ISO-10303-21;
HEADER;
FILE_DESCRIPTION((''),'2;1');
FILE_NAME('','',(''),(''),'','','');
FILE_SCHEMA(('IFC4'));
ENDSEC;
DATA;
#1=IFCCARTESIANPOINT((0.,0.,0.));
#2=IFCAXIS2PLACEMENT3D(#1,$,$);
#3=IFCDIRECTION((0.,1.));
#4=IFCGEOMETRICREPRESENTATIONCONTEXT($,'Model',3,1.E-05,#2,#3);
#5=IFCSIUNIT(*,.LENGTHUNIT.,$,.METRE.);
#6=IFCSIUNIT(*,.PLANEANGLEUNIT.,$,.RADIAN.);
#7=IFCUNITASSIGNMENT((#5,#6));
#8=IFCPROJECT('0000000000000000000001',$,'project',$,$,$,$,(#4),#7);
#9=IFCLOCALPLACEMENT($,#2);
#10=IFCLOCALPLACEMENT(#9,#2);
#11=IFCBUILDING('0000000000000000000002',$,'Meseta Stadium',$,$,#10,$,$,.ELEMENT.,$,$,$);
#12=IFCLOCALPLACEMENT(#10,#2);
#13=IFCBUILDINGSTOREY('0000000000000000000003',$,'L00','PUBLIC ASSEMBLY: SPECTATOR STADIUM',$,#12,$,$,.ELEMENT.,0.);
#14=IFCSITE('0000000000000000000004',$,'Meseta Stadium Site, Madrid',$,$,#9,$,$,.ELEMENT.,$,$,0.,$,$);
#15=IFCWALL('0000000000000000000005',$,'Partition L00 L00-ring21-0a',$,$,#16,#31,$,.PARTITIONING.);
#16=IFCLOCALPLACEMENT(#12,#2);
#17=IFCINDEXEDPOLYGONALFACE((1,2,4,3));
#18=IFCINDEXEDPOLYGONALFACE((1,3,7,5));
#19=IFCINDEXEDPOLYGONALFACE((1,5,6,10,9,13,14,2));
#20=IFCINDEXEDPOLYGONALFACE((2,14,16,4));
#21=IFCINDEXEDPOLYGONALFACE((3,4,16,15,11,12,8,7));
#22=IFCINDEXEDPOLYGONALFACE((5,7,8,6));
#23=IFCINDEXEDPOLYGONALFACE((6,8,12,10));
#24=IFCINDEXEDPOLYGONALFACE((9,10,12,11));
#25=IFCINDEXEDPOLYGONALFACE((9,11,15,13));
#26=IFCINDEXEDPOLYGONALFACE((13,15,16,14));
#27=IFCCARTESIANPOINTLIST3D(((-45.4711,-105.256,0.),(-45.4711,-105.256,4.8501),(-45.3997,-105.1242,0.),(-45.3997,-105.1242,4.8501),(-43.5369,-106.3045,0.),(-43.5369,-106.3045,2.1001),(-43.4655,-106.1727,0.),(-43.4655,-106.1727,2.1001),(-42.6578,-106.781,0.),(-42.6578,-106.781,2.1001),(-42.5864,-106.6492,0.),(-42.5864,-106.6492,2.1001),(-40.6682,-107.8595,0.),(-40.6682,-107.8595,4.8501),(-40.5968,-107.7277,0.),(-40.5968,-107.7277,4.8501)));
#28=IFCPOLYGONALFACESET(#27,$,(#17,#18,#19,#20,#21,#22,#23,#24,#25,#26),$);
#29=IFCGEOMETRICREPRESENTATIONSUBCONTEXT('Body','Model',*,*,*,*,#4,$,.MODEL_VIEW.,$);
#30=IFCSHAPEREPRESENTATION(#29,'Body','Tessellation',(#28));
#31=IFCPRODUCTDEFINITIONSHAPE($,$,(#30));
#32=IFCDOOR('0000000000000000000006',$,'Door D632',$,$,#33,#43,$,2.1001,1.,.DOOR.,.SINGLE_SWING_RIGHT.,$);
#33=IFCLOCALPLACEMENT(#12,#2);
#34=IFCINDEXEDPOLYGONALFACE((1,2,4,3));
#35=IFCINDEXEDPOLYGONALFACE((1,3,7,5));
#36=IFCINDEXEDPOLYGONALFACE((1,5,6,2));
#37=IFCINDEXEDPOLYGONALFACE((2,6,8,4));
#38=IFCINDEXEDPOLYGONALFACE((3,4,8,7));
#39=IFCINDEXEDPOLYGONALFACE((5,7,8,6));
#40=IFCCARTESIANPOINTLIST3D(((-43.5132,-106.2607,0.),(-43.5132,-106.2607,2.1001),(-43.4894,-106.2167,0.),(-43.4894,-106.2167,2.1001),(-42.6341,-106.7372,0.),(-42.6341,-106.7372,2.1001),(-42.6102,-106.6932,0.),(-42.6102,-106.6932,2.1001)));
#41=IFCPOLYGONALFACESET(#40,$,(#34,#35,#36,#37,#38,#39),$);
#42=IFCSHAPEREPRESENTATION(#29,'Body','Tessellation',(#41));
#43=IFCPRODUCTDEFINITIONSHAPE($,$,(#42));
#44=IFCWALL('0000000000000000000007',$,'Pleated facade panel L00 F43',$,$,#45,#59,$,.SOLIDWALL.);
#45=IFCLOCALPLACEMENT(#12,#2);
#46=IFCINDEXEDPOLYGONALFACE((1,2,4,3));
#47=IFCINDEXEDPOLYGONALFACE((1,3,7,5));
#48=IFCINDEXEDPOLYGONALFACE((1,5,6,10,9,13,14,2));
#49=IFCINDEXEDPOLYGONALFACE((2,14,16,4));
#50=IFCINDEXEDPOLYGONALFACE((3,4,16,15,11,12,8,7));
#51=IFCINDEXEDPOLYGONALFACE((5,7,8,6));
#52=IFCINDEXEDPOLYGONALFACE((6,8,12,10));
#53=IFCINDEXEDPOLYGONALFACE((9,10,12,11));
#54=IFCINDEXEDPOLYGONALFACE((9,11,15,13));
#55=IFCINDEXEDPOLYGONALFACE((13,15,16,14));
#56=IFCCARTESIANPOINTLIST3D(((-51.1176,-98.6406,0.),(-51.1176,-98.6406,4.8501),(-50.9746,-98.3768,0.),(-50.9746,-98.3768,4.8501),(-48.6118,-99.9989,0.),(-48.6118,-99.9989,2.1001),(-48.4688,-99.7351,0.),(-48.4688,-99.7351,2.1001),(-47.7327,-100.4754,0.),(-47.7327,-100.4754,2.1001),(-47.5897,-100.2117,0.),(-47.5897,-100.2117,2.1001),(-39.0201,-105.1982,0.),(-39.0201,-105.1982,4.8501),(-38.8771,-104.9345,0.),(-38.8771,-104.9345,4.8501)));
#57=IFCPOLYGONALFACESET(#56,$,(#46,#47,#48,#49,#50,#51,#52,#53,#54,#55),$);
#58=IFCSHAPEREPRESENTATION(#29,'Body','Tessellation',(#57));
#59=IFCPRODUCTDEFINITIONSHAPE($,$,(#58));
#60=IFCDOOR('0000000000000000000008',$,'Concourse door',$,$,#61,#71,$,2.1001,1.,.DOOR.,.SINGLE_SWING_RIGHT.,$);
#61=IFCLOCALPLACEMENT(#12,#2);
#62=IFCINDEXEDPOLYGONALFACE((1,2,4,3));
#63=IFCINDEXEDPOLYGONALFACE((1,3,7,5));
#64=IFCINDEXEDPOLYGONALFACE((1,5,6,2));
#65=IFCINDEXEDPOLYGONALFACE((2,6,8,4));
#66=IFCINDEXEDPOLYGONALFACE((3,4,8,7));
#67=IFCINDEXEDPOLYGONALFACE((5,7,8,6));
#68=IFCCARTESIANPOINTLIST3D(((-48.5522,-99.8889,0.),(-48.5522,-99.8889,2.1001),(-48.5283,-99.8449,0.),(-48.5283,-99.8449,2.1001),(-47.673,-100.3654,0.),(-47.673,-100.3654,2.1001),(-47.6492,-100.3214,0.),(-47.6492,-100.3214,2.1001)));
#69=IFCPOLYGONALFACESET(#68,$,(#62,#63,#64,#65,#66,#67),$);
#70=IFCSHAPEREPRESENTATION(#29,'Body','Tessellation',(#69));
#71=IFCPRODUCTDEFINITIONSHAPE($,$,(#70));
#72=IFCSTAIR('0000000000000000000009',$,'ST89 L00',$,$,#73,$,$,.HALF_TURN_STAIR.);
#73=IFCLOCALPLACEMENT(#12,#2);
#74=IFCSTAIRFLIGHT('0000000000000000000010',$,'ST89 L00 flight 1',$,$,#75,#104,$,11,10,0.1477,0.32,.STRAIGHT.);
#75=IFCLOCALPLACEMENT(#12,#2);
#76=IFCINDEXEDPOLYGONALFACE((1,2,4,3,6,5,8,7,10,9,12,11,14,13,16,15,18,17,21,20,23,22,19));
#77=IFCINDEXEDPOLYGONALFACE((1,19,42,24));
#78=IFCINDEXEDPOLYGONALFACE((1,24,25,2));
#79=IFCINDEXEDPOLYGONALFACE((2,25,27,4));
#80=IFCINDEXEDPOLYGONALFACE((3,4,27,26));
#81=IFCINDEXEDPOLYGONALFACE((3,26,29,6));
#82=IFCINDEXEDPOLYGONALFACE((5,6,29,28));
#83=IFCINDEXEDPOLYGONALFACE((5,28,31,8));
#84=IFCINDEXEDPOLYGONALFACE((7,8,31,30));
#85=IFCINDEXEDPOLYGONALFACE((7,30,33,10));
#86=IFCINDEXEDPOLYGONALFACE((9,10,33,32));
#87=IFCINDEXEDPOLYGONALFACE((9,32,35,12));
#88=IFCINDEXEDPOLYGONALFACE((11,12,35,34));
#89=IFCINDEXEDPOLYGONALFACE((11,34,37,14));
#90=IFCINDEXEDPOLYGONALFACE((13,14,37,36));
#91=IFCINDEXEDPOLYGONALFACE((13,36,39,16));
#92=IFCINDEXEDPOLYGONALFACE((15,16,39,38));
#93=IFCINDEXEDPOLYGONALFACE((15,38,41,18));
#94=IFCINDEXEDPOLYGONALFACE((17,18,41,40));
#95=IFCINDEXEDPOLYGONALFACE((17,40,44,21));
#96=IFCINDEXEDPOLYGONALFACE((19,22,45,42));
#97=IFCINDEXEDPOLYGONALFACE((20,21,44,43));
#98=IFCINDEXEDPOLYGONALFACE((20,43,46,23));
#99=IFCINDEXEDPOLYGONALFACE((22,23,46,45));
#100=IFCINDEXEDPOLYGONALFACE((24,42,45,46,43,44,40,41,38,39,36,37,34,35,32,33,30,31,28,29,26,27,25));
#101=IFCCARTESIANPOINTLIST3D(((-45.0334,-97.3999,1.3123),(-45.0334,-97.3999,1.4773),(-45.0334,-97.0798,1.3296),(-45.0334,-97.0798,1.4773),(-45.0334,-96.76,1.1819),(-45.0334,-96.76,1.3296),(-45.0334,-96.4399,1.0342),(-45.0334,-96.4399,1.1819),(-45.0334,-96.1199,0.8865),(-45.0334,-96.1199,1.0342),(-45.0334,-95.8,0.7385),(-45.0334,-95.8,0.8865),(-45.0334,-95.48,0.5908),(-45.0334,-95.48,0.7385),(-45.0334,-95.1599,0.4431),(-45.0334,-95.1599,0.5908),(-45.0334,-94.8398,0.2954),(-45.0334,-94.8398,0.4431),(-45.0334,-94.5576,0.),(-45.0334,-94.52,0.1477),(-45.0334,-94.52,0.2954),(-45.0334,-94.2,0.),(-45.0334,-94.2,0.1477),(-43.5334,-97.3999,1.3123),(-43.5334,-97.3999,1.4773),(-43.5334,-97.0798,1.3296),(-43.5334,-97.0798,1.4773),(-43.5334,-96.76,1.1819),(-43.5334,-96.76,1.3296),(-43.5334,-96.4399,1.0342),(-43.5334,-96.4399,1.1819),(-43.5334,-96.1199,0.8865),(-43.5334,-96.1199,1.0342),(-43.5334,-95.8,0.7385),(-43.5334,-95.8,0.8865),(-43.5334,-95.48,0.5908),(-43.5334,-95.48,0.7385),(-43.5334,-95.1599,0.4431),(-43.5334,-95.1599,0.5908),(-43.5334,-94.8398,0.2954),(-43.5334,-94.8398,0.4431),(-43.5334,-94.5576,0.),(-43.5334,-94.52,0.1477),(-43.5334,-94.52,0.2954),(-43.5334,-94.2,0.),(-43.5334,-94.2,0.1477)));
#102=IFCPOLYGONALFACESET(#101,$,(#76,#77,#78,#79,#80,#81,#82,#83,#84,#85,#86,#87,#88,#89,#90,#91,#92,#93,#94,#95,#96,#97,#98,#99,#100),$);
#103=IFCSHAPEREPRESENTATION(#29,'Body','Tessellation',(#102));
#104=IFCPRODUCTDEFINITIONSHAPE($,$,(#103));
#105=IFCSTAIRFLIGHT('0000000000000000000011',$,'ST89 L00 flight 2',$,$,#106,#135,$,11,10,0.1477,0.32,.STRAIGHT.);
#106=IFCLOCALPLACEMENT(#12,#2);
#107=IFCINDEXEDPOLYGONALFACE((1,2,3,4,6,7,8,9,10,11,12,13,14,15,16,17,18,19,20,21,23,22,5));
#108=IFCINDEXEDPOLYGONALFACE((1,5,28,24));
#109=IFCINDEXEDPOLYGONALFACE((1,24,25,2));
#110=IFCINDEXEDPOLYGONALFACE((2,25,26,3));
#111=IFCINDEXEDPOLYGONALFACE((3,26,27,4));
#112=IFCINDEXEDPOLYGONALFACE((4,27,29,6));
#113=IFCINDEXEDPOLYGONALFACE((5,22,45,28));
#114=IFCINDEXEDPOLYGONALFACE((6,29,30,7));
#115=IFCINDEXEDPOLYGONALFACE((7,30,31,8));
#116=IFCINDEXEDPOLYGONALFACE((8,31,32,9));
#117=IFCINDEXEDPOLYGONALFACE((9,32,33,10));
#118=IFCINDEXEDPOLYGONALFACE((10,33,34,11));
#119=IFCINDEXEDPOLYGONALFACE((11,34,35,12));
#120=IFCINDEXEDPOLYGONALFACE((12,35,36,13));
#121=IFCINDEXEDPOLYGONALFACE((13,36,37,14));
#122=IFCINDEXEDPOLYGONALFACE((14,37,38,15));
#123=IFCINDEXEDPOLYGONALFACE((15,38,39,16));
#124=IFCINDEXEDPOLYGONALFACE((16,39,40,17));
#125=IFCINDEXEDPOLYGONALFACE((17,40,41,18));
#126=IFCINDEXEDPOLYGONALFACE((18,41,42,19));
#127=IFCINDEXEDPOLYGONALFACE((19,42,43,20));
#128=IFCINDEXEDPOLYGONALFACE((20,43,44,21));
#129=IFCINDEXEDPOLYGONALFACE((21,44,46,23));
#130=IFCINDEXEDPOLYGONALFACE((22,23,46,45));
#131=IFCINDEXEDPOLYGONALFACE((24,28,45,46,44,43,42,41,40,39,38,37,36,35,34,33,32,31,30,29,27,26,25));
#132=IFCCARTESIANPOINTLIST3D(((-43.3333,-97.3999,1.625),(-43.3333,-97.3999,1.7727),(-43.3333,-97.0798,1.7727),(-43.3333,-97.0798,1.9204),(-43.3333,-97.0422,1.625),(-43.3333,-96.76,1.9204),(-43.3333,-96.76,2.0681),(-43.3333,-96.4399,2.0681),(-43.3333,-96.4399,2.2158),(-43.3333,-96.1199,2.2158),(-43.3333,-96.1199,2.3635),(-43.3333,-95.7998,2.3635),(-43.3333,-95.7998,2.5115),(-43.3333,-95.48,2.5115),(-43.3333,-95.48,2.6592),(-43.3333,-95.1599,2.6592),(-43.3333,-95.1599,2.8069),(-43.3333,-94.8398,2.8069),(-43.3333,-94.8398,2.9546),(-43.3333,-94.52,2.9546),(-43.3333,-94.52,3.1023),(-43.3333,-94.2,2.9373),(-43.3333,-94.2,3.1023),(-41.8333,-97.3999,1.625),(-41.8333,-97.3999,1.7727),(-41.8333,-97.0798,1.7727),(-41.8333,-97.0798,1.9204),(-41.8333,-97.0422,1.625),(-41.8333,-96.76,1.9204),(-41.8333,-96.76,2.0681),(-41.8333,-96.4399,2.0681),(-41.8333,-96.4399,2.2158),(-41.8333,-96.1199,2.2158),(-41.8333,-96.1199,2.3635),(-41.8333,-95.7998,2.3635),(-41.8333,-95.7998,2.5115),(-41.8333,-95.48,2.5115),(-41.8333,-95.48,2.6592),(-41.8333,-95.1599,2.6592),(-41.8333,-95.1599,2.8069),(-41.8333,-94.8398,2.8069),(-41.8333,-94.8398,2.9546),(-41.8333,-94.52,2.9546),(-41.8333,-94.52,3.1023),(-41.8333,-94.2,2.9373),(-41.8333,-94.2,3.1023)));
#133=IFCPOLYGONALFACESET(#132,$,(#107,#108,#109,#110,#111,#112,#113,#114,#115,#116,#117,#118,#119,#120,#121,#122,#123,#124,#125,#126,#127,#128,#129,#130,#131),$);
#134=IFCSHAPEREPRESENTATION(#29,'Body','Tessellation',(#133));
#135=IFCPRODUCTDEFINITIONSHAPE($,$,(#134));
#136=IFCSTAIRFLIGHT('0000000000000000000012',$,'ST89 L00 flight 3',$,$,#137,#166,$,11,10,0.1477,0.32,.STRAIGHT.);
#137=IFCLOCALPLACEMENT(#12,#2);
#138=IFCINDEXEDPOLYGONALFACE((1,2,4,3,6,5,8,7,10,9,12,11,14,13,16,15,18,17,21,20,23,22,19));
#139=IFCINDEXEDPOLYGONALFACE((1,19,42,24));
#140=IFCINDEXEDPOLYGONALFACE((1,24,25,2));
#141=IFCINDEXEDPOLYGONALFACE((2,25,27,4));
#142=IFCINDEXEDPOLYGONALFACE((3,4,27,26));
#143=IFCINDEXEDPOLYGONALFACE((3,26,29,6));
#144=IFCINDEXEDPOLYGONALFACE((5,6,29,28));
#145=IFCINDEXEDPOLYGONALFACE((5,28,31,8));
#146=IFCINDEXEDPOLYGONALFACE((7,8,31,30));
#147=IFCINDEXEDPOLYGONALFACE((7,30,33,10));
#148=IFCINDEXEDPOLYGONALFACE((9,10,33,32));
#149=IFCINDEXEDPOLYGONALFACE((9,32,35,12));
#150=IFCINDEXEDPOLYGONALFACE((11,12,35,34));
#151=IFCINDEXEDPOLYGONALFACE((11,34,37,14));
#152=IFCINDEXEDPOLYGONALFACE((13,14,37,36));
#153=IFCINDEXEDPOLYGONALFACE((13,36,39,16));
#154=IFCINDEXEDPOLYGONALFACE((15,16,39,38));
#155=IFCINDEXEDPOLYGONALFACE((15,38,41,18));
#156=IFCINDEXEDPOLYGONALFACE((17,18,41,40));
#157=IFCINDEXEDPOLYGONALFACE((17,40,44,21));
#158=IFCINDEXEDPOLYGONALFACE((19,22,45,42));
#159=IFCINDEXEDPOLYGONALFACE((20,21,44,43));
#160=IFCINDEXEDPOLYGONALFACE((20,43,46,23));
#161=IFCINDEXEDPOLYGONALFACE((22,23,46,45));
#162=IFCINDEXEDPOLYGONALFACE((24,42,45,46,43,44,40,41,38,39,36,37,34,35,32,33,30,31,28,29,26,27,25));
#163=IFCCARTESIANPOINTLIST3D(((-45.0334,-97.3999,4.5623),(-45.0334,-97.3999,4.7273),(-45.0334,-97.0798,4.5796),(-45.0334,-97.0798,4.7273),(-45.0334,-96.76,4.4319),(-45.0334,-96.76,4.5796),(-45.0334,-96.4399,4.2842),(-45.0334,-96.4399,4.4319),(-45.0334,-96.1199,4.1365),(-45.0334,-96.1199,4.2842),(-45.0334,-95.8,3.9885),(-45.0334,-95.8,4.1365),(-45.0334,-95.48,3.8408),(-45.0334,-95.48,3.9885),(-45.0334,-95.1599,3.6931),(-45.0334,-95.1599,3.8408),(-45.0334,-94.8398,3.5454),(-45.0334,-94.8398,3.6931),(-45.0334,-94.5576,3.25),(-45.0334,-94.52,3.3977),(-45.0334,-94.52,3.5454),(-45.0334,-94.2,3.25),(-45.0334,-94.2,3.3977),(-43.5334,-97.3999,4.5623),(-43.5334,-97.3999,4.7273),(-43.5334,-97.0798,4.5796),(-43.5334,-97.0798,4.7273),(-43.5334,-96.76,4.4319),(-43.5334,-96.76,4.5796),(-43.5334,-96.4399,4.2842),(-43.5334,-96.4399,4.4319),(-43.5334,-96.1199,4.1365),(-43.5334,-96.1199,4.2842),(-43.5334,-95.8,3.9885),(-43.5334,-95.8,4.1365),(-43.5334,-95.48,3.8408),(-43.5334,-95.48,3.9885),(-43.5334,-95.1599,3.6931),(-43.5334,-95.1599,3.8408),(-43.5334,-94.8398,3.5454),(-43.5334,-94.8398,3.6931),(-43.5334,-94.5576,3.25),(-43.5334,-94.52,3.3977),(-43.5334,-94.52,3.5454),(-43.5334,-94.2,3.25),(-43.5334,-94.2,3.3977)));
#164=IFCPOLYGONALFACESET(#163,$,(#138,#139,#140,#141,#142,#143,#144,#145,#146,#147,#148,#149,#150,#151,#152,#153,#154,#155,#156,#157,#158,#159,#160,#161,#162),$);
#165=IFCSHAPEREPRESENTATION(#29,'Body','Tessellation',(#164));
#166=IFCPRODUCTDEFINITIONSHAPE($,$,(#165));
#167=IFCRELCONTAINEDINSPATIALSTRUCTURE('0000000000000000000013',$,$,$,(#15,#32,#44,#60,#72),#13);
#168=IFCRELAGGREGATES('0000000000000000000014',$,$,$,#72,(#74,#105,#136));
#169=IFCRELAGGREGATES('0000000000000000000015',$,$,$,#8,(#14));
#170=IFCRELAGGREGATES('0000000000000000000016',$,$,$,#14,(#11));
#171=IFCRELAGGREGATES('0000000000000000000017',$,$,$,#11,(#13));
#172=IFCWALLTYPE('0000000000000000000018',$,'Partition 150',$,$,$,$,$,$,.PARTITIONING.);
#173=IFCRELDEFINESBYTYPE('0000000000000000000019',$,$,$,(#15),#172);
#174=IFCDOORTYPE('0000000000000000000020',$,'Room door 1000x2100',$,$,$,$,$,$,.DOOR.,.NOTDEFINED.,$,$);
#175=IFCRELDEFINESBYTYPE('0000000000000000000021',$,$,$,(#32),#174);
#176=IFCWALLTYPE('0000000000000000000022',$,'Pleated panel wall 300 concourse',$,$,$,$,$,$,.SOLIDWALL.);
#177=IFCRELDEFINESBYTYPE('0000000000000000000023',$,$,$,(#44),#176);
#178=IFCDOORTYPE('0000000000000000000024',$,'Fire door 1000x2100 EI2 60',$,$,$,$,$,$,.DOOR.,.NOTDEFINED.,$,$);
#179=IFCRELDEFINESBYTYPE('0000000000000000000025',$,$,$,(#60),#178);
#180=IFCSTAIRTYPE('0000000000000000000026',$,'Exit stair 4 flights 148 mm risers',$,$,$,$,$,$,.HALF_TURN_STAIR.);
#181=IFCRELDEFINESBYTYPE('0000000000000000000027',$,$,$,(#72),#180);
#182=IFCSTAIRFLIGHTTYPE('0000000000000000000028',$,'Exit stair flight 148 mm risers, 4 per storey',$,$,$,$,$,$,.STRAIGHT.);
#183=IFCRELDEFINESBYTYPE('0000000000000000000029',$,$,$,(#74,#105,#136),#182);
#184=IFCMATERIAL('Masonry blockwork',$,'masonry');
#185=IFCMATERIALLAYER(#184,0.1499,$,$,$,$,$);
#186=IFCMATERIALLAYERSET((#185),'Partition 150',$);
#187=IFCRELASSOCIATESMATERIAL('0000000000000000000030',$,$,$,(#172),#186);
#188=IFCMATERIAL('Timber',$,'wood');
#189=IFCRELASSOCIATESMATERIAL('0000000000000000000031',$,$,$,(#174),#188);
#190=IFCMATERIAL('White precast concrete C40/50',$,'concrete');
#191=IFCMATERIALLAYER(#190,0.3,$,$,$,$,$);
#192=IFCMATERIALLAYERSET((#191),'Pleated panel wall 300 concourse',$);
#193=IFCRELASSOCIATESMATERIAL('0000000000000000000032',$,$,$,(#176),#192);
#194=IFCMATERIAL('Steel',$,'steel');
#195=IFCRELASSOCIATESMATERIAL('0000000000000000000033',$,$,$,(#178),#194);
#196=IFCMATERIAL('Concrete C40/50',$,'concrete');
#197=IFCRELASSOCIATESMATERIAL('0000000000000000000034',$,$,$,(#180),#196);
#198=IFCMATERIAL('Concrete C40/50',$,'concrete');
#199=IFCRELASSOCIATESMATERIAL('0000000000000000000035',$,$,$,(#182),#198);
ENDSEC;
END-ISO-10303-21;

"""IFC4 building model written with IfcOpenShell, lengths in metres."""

from ifc_helpers import new_model, si_unit, direction, frame, frame_2d, origin, place, context, subcontext, project, spatial, polyline, rectangle, outline, extrude, material, layer, layer_set, type_object, element, fill, aggregate, save


model = new_model("IFC4")

# Units and contexts
model_context = context("Model", 3, precision=1e-05, world=origin(), true_north=direction((0.0, 1.0)))
body_context = subcontext(model_context, "Body", "Model", "MODEL_VIEW")
ifc_project = project(units=[si_unit("LENGTHUNIT", "METRE"), si_unit("PLANEANGLEUNIT", "RADIAN")], contexts=[model_context])

# Site, building, storey
site_placement = place(None, origin())
site = spatial("IfcSite", under=ifc_project, at=site_placement, Name="Meseta Stadium Site, Madrid", CompositionType="ELEMENT", RefElevation=0.0)
building_placement = place(site_placement, origin())
building = spatial("IfcBuilding", under=site, at=building_placement, Name="Meseta Stadium", CompositionType="ELEMENT")
storey_placement = place(building_placement, origin())
storey = spatial("IfcBuildingStorey", under=building, at=storey_placement, Name="L00", Description="PUBLIC ASSEMBLY: SPECTATOR STADIUM", CompositionType="ELEMENT", Elevation=0.0)

# Shared definitions
ifc_material_1 = material(Name="Masonry blockwork", Category="masonry")
ifc_layer_1 = layer(ifc_material_1, 0.1499)
ifc_layer_set_1 = layer_set([ifc_layer_1], Name="Partition 150")
wall_type_1 = type_object("IfcWallType", Name="Partition 150", PredefinedType="PARTITIONING", material=ifc_layer_set_1)

# Walls, openings, doors
wall_1_placement = place(storey_placement, frame((-45.4353, -105.1902, 0.0), z_axis=(0.0, 0.0, 1.0), x_axis=(0.879146, -0.476552, 0.0)))
wall_1 = element("IfcWall", 1, at=wall_1_placement, inside=storey, type_object=wall_type_1, Name="Partition L00 L00-ring21-0a", PredefinedType="PARTITIONING", context=body_context, shape_type="SweptSolid", body=[
    extrude(rectangle(XDim=5.4631, YDim=0.1499, at=frame_2d((2.7314, 0.0))), origin(), (0.0, 0.0, 1.0), 4.8501),
])
opening_1_placement = place(wall_1_placement, frame((2.2, 0.0, 0.0)))
opening_1 = element("IfcOpeningElement", 2, at=opening_1_placement, cuts=wall_1, PredefinedType="OPENING", context=body_context, shape_type="SweptSolid", body=[
    extrude(rectangle(XDim=1.0, YDim=2.1001, at=frame_2d((0.5, 1.05))), frame((0.0, 0.085, 0.0), z_axis=(0.0, -1.0, 0.0), x_axis=(1.0, 0.0, 0.0)), (0.0, 0.0, 1.0), 0.1699),
])
ifc_material_2 = material(Name="Timber", Category="wood")
door_type_1 = type_object("IfcDoorType", Name="Room door 1000x2100", OperationType="NOTDEFINED", PredefinedType="DOOR", material=ifc_material_2)
door_1_placement = place(opening_1_placement, origin())
door_1 = element("IfcDoor", 3, at=door_1_placement, inside=storey, type_object=door_type_1, Name="Door D632", OperationType="SINGLE_SWING_RIGHT", OverallHeight=2.1001, OverallWidth=1.0, PredefinedType="DOOR", context=body_context, shape_type="SweptSolid", body=[
    extrude(rectangle(XDim=1.0, YDim=2.1001, at=frame_2d((0.5, 1.05))), frame((0.0, 0.0249, 0.0), z_axis=(0.0, -1.0, 0.0), x_axis=(1.0, 0.0, 0.0)), (0.0, 0.0, 1.0), 0.05),
])
fill(opening_1, door_1)
ifc_material_3 = material(Name="White precast concrete C40/50", Category="concrete")
ifc_layer_2 = layer(ifc_material_3, 0.3)
ifc_layer_set_2 = layer_set([ifc_layer_2], Name="Pleated panel wall 300 concourse")
wall_type_2 = type_object("IfcWallType", Name="Pleated panel wall 300 concourse", PredefinedType="SOLIDWALL", material=ifc_layer_set_2)
wall_2_placement = place(storey_placement, frame((-38.9485, -105.0664, 0.0), z_axis=(0.0, 0.0, 1.0), x_axis=(-0.879144, 0.476556, 0.0)))
wall_2 = element("IfcWall", 4, at=wall_2_placement, inside=storey, type_object=wall_type_2, Name="Pleated facade panel L00 F43", PredefinedType="SOLIDWALL", context=body_context, shape_type="SweptSolid", body=[
    extrude(rectangle(XDim=13.7605, YDim=0.3, at=frame_2d((6.8804, 0.0))), origin(), (0.0, 0.0, 1.0), 4.8501),
])
opening_2_placement = place(wall_2_placement, frame((9.9104, 0.0, 0.0)))
opening_2 = element("IfcOpeningElement", 5, at=opening_2_placement, cuts=wall_2, PredefinedType="OPENING", context=body_context, shape_type="SweptSolid", body=[
    extrude(rectangle(XDim=1.0, YDim=2.1001, at=frame_2d((0.5, 1.05))), frame((0.0, 0.1599, 0.0), z_axis=(0.0, -1.0, 0.0), x_axis=(1.0, 0.0, 0.0)), (0.0, 0.0, 1.0), 0.3201),
])
ifc_material_4 = material(Name="Steel", Category="steel")
door_type_2 = type_object("IfcDoorType", Name="Fire door 1000x2100 EI2 60", OperationType="NOTDEFINED", PredefinedType="DOOR", material=ifc_material_4)
door_2_placement = place(opening_2_placement, origin())
door_2 = element("IfcDoor", 6, at=door_2_placement, inside=storey, type_object=door_type_2, Name="Concourse door", OperationType="SINGLE_SWING_RIGHT", OverallHeight=2.1001, OverallWidth=1.0, PredefinedType="DOOR", context=body_context, shape_type="SweptSolid", body=[
    extrude(rectangle(XDim=1.0, YDim=2.1001, at=frame_2d((0.5, 1.05))), frame((0.0, 0.0249, 0.0), z_axis=(0.0, -1.0, 0.0), x_axis=(1.0, 0.0, 0.0)), (0.0, 0.0, 1.0), 0.05),
])
fill(opening_2, door_2)

# Stair, stair flights
ifc_material_5 = material(Name="Concrete C40/50", Category="concrete")
stair_type = type_object("IfcStairType", Name="Exit stair 4 flights 148 mm risers", PredefinedType="HALF_TURN_STAIR", material=ifc_material_5)
stair_1_placement = place(storey_placement, origin())
stair_1 = element("IfcStair", 7, at=stair_1_placement, inside=storey, type_object=stair_type, Name="ST89 L00", PredefinedType="HALF_TURN_STAIR")
ifc_material_6 = material(Name="Concrete C40/50", Category="concrete")
stair_flight_type = type_object("IfcStairFlightType", Name="Exit stair flight 148 mm risers, 4 per storey", PredefinedType="STRAIGHT", material=ifc_material_6)
stair_flight_1_placement = place(storey_placement, frame((-44.2834, -94.2, 0.0), z_axis=(0.0, 0.0, 1.0), x_axis=(0.0, -1.0, 0.0)))
stair_flight_1 = element("IfcStairFlight", 8, at=stair_flight_1_placement, type_object=stair_flight_type, Name="ST89 L00 flight 1", NumberOfRisers=11, NumberOfTreads=10, PredefinedType="STRAIGHT", RiserHeight=0.1477, TreadLength=0.32, context=body_context, shape_type="SweptSolid", body=[
    extrude(outline(polyline([(0.0, 0.0), (0.0, 0.1477), (0.3201, 0.1477), (0.3201, 0.2954), (0.6399, 0.2954), (0.6399, 0.4431), (0.96, 0.4431), (0.96, 0.5908), (1.28, 0.5908), (1.28, 0.7385), (1.6001, 0.7385), (1.6001, 0.8865), (1.9199, 0.8865), (1.9199, 1.0342), (2.24, 1.0342), (2.24, 1.1819), (2.5601, 1.1819), (2.5601, 1.3296), (2.8799, 1.3296), (2.8799, 1.4773), (3.2, 1.4773), (3.2, 1.3123), (0.3577, 0.0), (0.0, 0.0)])), frame((0.0, 0.75, 0.0), z_axis=(0.0, -1.0, 0.0), x_axis=(1.0, 0.0, 0.0)), (0.0, 0.0, 1.0), 1.5),
])
stair_flight_2_placement = place(storey_placement, frame((-42.5833, -97.3999, 1.625), z_axis=(0.0, 0.0, 1.0), x_axis=(0.0, 1.0, 0.0)))
stair_flight_2 = element("IfcStairFlight", 9, at=stair_flight_2_placement, type_object=stair_flight_type, Name="ST89 L00 flight 2", NumberOfRisers=11, NumberOfTreads=10, PredefinedType="STRAIGHT", RiserHeight=0.1477, TreadLength=0.32, context=body_context, shape_type="SweptSolid", body=[
    extrude(outline(polyline([(0.0, 0.0), (0.0, 0.1477), (0.3201, 0.1477), (0.3201, 0.2954), (0.6399, 0.2954), (0.6399, 0.4431), (0.96, 0.4431), (0.96, 0.5908), (1.28, 0.5908), (1.28, 0.7385), (1.6001, 0.7385), (1.6001, 0.8865), (1.9199, 0.8865), (1.9199, 1.0342), (2.24, 1.0342), (2.24, 1.1819), (2.5601, 1.1819), (2.5601, 1.3296), (2.8799, 1.3296), (2.8799, 1.4773), (3.2, 1.4773), (3.2, 1.3123), (0.3577, 0.0), (0.0, 0.0)])), frame((0.0, 0.75, 0.0), z_axis=(0.0, -1.0, 0.0), x_axis=(1.0, 0.0, 0.0)), (0.0, 0.0, 1.0), 1.5),
])
stair_flight_3_placement = place(storey_placement, frame((-44.2834, -94.2, 3.25), z_axis=(0.0, 0.0, 1.0), x_axis=(0.0, -1.0, 0.0)))
stair_flight_3 = element("IfcStairFlight", 10, at=stair_flight_3_placement, type_object=stair_flight_type, Name="ST89 L00 flight 3", NumberOfRisers=11, NumberOfTreads=10, PredefinedType="STRAIGHT", RiserHeight=0.1477, TreadLength=0.32, context=body_context, shape_type="SweptSolid", body=[
    extrude(outline(polyline([(0.0, 0.0), (0.0, 0.1477), (0.3201, 0.1477), (0.3201, 0.2954), (0.6399, 0.2954), (0.6399, 0.4431), (0.96, 0.4431), (0.96, 0.5908), (1.28, 0.5908), (1.28, 0.7385), (1.6001, 0.7385), (1.6001, 0.8865), (1.9199, 0.8865), (1.9199, 1.0342), (2.24, 1.0342), (2.24, 1.1819), (2.5601, 1.1819), (2.5601, 1.3296), (2.8799, 1.3296), (2.8799, 1.4773), (3.2, 1.4773), (3.2, 1.3123), (0.3577, 0.0), (0.0, 0.0)])), frame((0.0, 0.75, 0.0), z_axis=(0.0, -1.0, 0.0), x_axis=(1.0, 0.0, 0.0)), (0.0, 0.0, 1.0), 1.5),
])
aggregate(stair_1, [stair_flight_1, stair_flight_2, stair_flight_3])

save(model, "model.ifc")
